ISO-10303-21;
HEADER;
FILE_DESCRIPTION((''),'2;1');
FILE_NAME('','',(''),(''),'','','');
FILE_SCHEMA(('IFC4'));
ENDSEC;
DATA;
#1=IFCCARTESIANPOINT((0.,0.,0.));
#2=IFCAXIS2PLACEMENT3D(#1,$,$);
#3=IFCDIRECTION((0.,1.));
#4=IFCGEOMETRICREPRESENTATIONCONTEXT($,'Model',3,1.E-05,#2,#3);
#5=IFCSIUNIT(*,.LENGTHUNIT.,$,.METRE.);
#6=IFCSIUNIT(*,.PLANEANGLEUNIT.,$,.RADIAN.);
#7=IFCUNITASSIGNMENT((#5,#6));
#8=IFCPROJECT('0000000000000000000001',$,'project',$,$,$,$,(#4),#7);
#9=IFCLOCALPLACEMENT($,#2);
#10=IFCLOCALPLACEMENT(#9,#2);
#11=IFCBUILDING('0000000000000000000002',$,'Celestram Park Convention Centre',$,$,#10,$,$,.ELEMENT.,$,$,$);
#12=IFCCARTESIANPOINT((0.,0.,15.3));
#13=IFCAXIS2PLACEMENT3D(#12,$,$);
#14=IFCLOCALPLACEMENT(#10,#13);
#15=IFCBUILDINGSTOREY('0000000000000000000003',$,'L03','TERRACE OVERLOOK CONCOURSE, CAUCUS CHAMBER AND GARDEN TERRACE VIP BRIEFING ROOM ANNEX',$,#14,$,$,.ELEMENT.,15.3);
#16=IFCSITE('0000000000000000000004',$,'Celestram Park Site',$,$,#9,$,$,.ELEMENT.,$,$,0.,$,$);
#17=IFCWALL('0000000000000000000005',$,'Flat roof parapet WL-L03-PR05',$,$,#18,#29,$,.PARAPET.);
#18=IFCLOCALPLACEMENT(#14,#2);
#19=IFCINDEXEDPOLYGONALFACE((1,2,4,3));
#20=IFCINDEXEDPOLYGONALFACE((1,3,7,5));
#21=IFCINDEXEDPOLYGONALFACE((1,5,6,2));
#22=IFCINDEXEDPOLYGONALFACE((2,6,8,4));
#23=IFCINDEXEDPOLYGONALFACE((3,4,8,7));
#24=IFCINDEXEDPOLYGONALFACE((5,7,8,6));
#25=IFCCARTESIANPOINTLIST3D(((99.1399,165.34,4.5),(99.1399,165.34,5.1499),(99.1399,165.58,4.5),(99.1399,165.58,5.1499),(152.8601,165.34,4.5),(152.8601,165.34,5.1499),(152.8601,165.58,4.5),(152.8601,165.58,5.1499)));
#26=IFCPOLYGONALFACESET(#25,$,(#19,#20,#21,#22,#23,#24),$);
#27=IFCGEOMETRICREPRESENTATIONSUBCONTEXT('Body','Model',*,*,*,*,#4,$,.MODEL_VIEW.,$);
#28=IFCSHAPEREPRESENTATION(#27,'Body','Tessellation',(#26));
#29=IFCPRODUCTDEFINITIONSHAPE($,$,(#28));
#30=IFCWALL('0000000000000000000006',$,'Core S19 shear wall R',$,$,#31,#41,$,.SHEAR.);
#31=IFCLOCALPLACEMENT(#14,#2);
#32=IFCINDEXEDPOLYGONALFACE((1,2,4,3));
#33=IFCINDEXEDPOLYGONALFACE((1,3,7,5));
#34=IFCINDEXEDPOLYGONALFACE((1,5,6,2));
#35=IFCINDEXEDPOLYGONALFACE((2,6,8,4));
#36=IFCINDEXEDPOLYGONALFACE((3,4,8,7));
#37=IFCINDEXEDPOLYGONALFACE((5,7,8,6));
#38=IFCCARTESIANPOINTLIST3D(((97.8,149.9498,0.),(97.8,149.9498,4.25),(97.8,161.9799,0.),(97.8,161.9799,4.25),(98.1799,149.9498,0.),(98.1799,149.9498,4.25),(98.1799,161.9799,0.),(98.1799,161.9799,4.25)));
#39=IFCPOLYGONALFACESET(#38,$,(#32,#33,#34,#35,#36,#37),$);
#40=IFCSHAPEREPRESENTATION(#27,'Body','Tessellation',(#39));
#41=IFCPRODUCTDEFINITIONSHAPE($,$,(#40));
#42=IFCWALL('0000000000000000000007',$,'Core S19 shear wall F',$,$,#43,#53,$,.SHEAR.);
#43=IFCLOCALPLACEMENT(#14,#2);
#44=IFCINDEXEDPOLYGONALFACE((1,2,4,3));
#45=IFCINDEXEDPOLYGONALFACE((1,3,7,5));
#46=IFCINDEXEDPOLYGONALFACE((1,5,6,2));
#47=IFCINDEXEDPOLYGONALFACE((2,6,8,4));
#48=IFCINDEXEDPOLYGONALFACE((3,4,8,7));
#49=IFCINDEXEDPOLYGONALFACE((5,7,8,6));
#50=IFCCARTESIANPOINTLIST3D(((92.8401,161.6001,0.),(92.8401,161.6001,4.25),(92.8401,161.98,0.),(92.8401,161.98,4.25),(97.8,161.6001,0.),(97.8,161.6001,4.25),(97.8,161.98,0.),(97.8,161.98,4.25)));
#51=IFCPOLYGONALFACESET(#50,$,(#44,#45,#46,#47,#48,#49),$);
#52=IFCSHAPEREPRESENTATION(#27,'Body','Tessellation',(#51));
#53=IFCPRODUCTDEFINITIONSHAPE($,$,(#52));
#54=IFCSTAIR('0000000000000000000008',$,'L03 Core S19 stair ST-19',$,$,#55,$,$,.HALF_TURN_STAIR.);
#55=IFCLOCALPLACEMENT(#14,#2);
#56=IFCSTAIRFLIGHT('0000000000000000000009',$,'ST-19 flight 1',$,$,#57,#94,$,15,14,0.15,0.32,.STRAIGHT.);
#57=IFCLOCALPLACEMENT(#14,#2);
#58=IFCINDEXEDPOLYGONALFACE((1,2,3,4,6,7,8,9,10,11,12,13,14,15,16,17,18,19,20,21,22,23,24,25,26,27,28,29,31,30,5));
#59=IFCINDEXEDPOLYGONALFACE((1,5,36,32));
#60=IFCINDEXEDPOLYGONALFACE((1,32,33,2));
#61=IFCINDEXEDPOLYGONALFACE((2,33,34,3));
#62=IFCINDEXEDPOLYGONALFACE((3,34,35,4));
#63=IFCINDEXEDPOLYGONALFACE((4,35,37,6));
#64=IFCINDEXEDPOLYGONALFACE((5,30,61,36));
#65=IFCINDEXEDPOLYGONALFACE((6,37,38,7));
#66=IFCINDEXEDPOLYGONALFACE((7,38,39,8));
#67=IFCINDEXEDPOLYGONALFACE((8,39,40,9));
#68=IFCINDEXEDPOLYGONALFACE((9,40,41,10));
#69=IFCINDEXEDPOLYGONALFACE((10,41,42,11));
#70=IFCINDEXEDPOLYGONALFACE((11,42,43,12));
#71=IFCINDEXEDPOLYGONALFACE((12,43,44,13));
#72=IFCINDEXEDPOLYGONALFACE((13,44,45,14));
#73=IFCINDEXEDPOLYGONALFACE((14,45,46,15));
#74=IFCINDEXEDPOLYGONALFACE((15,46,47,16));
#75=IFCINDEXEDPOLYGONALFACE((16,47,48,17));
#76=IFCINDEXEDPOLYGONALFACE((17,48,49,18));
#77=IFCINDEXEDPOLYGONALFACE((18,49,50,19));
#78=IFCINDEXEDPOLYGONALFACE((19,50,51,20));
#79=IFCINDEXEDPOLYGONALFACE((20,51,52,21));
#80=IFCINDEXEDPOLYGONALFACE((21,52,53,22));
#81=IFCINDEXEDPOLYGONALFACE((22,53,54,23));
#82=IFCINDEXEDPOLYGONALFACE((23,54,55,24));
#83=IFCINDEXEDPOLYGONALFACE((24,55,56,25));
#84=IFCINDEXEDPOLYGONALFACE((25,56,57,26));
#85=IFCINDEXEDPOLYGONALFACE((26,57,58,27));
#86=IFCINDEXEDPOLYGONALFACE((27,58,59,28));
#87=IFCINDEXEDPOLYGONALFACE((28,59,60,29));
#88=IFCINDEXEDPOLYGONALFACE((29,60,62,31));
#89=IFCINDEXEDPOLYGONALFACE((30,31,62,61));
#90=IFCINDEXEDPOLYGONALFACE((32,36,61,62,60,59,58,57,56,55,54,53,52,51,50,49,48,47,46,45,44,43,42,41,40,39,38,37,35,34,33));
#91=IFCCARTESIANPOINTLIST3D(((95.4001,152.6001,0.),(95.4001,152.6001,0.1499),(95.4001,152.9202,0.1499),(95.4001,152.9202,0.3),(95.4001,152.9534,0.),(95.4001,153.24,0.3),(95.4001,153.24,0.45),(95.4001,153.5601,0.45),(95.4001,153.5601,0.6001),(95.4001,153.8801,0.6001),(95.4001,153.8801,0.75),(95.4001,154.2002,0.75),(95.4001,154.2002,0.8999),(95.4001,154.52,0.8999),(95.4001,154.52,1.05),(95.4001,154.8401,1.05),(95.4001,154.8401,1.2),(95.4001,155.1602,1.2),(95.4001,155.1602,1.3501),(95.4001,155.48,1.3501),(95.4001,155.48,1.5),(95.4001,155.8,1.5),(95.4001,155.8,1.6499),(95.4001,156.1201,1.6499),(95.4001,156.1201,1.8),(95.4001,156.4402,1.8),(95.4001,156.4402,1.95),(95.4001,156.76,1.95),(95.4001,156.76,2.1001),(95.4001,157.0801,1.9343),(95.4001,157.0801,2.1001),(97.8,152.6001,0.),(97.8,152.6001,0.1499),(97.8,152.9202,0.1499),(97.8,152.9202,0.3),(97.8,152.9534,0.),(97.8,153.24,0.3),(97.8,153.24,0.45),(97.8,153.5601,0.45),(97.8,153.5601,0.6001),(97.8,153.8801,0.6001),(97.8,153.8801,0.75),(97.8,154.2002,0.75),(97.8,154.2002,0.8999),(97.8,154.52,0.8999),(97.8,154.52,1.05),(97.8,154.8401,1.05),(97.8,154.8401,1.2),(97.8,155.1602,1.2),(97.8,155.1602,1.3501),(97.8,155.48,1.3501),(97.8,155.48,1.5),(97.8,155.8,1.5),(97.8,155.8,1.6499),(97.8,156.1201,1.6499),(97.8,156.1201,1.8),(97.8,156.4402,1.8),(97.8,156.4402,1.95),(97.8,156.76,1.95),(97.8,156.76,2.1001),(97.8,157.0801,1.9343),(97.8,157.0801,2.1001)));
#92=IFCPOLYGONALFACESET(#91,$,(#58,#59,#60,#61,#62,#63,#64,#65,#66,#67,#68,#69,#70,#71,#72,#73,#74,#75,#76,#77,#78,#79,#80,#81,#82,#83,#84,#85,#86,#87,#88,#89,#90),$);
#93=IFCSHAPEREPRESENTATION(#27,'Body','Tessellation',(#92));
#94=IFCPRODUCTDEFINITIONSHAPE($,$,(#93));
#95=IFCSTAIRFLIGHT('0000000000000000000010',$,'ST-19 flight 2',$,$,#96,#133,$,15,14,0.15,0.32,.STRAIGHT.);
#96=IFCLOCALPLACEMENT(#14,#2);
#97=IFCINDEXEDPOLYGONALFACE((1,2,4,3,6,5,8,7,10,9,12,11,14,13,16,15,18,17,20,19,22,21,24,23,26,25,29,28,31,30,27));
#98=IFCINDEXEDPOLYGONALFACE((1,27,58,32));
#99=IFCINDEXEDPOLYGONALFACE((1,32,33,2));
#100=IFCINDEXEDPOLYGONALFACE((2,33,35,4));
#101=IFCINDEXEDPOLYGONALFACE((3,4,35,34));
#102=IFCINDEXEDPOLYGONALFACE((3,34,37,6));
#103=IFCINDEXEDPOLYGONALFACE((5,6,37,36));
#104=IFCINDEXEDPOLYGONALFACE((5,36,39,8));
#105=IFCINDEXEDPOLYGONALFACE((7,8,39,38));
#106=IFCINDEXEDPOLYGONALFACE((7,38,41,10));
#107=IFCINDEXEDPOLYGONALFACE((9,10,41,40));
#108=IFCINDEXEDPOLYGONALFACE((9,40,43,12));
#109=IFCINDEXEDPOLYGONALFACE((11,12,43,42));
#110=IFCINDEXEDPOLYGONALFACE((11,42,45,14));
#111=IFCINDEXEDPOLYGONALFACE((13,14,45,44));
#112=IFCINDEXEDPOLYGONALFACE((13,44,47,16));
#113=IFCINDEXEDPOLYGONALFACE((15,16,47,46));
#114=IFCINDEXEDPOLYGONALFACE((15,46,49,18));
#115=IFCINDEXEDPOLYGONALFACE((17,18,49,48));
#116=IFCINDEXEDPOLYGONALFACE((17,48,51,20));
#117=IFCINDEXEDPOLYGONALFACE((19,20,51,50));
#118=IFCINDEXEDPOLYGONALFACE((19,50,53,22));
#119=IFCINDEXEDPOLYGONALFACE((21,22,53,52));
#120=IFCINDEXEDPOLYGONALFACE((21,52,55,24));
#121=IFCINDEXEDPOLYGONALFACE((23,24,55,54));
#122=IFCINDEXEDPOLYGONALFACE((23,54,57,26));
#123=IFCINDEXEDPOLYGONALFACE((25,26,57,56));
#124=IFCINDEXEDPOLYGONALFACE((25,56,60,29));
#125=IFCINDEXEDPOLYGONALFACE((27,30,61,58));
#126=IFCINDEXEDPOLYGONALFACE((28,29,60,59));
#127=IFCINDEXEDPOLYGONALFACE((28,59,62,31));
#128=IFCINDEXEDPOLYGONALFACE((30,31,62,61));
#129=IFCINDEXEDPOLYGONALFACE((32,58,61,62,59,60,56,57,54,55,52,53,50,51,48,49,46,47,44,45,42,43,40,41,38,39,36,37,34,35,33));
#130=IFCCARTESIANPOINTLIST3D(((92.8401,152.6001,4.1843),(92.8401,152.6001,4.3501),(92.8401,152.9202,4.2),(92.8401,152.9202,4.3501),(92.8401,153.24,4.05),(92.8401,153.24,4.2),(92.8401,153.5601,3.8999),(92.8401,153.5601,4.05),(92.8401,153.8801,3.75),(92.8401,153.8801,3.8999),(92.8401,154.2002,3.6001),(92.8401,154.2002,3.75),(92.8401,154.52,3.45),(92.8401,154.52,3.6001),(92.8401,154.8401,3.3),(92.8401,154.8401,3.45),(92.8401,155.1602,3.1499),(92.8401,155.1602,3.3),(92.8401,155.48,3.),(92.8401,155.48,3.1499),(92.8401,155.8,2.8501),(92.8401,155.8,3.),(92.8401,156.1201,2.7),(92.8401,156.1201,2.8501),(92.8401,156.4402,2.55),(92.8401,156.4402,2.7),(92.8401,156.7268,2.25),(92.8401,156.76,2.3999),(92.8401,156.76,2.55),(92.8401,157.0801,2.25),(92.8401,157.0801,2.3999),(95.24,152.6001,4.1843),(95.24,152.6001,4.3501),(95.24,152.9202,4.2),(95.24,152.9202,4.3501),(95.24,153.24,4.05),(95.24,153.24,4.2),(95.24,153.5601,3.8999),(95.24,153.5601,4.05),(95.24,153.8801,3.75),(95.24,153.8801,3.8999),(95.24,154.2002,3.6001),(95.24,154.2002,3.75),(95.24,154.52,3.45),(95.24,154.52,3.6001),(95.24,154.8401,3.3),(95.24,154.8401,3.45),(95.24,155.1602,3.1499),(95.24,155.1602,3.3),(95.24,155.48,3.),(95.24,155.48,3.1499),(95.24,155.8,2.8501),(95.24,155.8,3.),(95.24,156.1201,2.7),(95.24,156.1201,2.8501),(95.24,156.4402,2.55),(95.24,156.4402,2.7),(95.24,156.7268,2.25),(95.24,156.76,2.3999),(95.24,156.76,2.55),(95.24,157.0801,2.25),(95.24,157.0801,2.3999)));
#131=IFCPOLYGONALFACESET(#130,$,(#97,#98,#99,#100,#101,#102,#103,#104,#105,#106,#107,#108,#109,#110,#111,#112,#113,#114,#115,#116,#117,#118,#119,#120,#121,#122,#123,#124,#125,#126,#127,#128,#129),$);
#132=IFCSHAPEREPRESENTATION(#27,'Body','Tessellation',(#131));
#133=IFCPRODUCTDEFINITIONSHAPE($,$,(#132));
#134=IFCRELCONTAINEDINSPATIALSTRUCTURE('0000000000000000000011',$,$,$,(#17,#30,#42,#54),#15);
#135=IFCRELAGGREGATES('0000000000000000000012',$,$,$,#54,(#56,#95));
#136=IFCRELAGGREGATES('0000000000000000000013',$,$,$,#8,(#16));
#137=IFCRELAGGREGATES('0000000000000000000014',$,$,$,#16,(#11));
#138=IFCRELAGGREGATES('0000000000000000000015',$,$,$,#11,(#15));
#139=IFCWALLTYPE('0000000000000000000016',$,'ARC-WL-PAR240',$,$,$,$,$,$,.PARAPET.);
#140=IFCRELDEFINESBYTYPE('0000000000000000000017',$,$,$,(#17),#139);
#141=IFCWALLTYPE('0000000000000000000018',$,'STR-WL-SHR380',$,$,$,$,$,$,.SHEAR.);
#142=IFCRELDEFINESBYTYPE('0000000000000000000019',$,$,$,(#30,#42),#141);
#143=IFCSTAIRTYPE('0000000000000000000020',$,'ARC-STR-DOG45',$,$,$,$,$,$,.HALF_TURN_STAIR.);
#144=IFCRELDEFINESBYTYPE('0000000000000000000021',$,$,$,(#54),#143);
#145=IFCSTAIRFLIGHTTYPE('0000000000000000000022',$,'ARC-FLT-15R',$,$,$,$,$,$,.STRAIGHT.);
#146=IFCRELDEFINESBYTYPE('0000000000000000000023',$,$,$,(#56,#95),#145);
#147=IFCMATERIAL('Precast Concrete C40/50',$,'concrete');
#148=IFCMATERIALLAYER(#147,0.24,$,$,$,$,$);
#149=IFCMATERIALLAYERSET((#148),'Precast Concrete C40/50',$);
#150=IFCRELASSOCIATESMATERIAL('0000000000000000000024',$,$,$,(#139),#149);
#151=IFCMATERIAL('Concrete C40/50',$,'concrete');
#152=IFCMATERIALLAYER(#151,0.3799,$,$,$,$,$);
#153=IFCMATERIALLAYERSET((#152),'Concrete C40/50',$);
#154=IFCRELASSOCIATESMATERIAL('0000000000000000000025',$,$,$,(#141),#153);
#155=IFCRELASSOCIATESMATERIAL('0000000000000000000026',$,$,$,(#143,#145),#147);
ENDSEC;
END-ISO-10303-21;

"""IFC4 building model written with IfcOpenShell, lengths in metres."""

from ifc_helpers import new_model, si_unit, direction, frame, frame_2d, origin, place, context, subcontext, project, spatial, polyline, rectangle, outline, extrude, material, layer, layer_set, type_object, element, aggregate, save


model = new_model("IFC4")

# Units and contexts
model_context = context("Model", 3, precision=1e-05, world=origin(), true_north=direction((0.0, 1.0)))
body_context = subcontext(model_context, "Body", "Model", "MODEL_VIEW")
ifc_project = project(units=[si_unit("LENGTHUNIT", "METRE"), si_unit("PLANEANGLEUNIT", "RADIAN")], contexts=[model_context])

# Site, building, storey
site_placement = place(None, origin())
site = spatial("IfcSite", under=ifc_project, at=site_placement, Name="Celestram Park Site", CompositionType="ELEMENT", RefElevation=0.0)
building_placement = place(site_placement, origin())
building = spatial("IfcBuilding", under=site, at=building_placement, Name="Celestram Park Convention Centre", CompositionType="ELEMENT")
storey_placement = place(building_placement, frame((0.0, 0.0, 15.3)))
storey = spatial("IfcBuildingStorey", under=building, at=storey_placement, Name="L03", Description="TERRACE OVERLOOK CONCOURSE, CAUCUS CHAMBER AND GARDEN TERRACE VIP BRIEFING ROOM ANNEX", CompositionType="ELEMENT", Elevation=15.3)

# Walls
ifc_material_1 = material(Name="Precast Concrete C40/50", Category="concrete")
ifc_layer_1 = layer(ifc_material_1, 0.24)
ifc_layer_set_1 = layer_set([ifc_layer_1], Name="Precast Concrete C40/50")
wall_type_1 = type_object("IfcWallType", Name="ARC-WL-PAR240", PredefinedType="PARAPET", material=ifc_layer_set_1)
wall_1_placement = place(storey_placement, frame((99.1399, 165.46, 4.5), z_axis=(0.0, 0.0, 1.0), x_axis=(1.0, 0.0, 0.0)))
element("IfcWall", 1, at=wall_1_placement, inside=storey, type_object=wall_type_1, Name="Flat roof parapet WL-L03-PR05", PredefinedType="PARAPET", context=body_context, shape_type="SweptSolid", body=[
    extrude(rectangle(XDim=53.7202, YDim=0.24, at=frame_2d((26.8601, 0.0))), origin(), (0.0, 0.0, 1.0), 0.6499),
])
ifc_material_2 = material(Name="Concrete C40/50", Category="concrete")
ifc_layer_2 = layer(ifc_material_2, 0.3799)
ifc_layer_set_2 = layer_set([ifc_layer_2], Name="Concrete C40/50")
wall_type_2 = type_object("IfcWallType", Name="STR-WL-SHR380", PredefinedType="SHEAR", material=ifc_layer_set_2)
wall_2_placement = place(storey_placement, frame((97.99, 161.98, 0.0), z_axis=(0.0, 0.0, 1.0), x_axis=(0.0, -1.0, 0.0)))
element("IfcWall", 2, at=wall_2_placement, inside=storey, type_object=wall_type_2, Name="Core S19 shear wall R", PredefinedType="SHEAR", context=body_context, shape_type="SweptSolid", body=[
    extrude(rectangle(XDim=12.03, YDim=0.3799, at=frame_2d((6.0151, 0.0))), origin(), (0.0, 0.0, 1.0), 4.25),
])
wall_3_placement = place(storey_placement, frame((92.8401, 161.79, 0.0), z_axis=(0.0, 0.0, 1.0), x_axis=(1.0, 0.0, 0.0)))
element("IfcWall", 3, at=wall_3_placement, inside=storey, type_object=wall_type_2, Name="Core S19 shear wall F", PredefinedType="SHEAR", context=body_context, shape_type="SweptSolid", body=[
    extrude(rectangle(XDim=4.96, YDim=0.3799, at=frame_2d((2.48, 0.0))), origin(), (0.0, 0.0, 1.0), 4.25),
])

# Stair, stair flights
stair_type = type_object("IfcStairType", Name="ARC-STR-DOG45", PredefinedType="HALF_TURN_STAIR", material=ifc_material_1)
stair_placement = place(storey_placement, origin())
stair = element("IfcStair", 4, at=stair_placement, inside=storey, type_object=stair_type, Name="L03 Core S19 stair ST-19", PredefinedType="HALF_TURN_STAIR")
stair_flight_type = type_object("IfcStairFlightType", Name="ARC-FLT-15R", PredefinedType="STRAIGHT", material=ifc_material_1)
stair_flight_1_placement = place(storey_placement, frame((96.6001, 152.6001, 0.0), z_axis=(0.0, 0.0, 1.0), x_axis=(0.0, 1.0, 0.0)))
stair_flight_1 = element("IfcStairFlight", 5, at=stair_flight_1_placement, type_object=stair_flight_type, Name="ST-19 flight 1", NumberOfRisers=15, NumberOfTreads=14, PredefinedType="STRAIGHT", RiserHeight=0.15, TreadLength=0.32, context=body_context, shape_type="SweptSolid", body=[
    extrude(outline(polyline([(0.0, 0.0), (0.0, 0.1499), (0.3201, 0.1499), (0.3201, 0.3), (0.6399, 0.3), (0.6399, 0.45), (0.96, 0.45), (0.96, 0.6001), (1.28, 0.6001), (1.28, 0.75), (1.6001, 0.75), (1.6001, 0.8999), (1.9199, 0.8999), (1.9199, 1.05), (2.24, 1.05), (2.24, 1.2), (2.5601, 1.2), (2.5601, 1.3501), (2.8799, 1.3501), (2.8799, 1.5), (3.2, 1.5), (3.2, 1.6499), (3.52, 1.6499), (3.52, 1.8), (3.8401, 1.8), (3.8401, 1.95), (4.1599, 1.95), (4.1599, 2.1001), (4.48, 2.1001), (4.48, 2.25), (4.48, 1.9343), (0.3533, 0.0), (0.0, 0.0)])), frame((0.0, 1.2, 0.0), z_axis=(0.0, -1.0, 0.0), x_axis=(1.0, 0.0, 0.0)), (0.0, 0.0, 1.0), 2.3999),
])
stair_flight_2_placement = place(storey_placement, frame((94.04, 157.0801, 2.25), z_axis=(0.0, 0.0, 1.0), x_axis=(0.0, -1.0, 0.0)))
stair_flight_2 = element("IfcStairFlight", 6, at=stair_flight_2_placement, type_object=stair_flight_type, Name="ST-19 flight 2", NumberOfRisers=15, NumberOfTreads=14, PredefinedType="STRAIGHT", RiserHeight=0.15, TreadLength=0.32, context=body_context, shape_type="SweptSolid", body=[
    extrude(outline(polyline([(0.0, 0.0), (0.0, 0.1499), (0.3201, 0.1499), (0.3201, 0.3), (0.6399, 0.3), (0.6399, 0.45), (0.96, 0.45), (0.96, 0.6001), (1.28, 0.6001), (1.28, 0.75), (1.6001, 0.75), (1.6001, 0.8999), (1.9199, 0.8999), (1.9199, 1.05), (2.24, 1.05), (2.24, 1.2), (2.5601, 1.2), (2.5601, 1.3501), (2.8799, 1.3501), (2.8799, 1.5), (3.2, 1.5), (3.2, 1.6499), (3.52, 1.6499), (3.52, 1.8), (3.8401, 1.8), (3.8401, 1.95), (4.1599, 1.95), (4.1599, 2.1001), (4.48, 2.1001), (4.48, 2.25), (4.48, 1.9343), (0.3533, 0.0), (0.0, 0.0)])), frame((0.0, 1.2, 0.0), z_axis=(0.0, -1.0, 0.0), x_axis=(1.0, 0.0, 0.0)), (0.0, 0.0, 1.0), 2.3999),
])
aggregate(stair, [stair_flight_1, stair_flight_2])

save(model, "model.ifc")
